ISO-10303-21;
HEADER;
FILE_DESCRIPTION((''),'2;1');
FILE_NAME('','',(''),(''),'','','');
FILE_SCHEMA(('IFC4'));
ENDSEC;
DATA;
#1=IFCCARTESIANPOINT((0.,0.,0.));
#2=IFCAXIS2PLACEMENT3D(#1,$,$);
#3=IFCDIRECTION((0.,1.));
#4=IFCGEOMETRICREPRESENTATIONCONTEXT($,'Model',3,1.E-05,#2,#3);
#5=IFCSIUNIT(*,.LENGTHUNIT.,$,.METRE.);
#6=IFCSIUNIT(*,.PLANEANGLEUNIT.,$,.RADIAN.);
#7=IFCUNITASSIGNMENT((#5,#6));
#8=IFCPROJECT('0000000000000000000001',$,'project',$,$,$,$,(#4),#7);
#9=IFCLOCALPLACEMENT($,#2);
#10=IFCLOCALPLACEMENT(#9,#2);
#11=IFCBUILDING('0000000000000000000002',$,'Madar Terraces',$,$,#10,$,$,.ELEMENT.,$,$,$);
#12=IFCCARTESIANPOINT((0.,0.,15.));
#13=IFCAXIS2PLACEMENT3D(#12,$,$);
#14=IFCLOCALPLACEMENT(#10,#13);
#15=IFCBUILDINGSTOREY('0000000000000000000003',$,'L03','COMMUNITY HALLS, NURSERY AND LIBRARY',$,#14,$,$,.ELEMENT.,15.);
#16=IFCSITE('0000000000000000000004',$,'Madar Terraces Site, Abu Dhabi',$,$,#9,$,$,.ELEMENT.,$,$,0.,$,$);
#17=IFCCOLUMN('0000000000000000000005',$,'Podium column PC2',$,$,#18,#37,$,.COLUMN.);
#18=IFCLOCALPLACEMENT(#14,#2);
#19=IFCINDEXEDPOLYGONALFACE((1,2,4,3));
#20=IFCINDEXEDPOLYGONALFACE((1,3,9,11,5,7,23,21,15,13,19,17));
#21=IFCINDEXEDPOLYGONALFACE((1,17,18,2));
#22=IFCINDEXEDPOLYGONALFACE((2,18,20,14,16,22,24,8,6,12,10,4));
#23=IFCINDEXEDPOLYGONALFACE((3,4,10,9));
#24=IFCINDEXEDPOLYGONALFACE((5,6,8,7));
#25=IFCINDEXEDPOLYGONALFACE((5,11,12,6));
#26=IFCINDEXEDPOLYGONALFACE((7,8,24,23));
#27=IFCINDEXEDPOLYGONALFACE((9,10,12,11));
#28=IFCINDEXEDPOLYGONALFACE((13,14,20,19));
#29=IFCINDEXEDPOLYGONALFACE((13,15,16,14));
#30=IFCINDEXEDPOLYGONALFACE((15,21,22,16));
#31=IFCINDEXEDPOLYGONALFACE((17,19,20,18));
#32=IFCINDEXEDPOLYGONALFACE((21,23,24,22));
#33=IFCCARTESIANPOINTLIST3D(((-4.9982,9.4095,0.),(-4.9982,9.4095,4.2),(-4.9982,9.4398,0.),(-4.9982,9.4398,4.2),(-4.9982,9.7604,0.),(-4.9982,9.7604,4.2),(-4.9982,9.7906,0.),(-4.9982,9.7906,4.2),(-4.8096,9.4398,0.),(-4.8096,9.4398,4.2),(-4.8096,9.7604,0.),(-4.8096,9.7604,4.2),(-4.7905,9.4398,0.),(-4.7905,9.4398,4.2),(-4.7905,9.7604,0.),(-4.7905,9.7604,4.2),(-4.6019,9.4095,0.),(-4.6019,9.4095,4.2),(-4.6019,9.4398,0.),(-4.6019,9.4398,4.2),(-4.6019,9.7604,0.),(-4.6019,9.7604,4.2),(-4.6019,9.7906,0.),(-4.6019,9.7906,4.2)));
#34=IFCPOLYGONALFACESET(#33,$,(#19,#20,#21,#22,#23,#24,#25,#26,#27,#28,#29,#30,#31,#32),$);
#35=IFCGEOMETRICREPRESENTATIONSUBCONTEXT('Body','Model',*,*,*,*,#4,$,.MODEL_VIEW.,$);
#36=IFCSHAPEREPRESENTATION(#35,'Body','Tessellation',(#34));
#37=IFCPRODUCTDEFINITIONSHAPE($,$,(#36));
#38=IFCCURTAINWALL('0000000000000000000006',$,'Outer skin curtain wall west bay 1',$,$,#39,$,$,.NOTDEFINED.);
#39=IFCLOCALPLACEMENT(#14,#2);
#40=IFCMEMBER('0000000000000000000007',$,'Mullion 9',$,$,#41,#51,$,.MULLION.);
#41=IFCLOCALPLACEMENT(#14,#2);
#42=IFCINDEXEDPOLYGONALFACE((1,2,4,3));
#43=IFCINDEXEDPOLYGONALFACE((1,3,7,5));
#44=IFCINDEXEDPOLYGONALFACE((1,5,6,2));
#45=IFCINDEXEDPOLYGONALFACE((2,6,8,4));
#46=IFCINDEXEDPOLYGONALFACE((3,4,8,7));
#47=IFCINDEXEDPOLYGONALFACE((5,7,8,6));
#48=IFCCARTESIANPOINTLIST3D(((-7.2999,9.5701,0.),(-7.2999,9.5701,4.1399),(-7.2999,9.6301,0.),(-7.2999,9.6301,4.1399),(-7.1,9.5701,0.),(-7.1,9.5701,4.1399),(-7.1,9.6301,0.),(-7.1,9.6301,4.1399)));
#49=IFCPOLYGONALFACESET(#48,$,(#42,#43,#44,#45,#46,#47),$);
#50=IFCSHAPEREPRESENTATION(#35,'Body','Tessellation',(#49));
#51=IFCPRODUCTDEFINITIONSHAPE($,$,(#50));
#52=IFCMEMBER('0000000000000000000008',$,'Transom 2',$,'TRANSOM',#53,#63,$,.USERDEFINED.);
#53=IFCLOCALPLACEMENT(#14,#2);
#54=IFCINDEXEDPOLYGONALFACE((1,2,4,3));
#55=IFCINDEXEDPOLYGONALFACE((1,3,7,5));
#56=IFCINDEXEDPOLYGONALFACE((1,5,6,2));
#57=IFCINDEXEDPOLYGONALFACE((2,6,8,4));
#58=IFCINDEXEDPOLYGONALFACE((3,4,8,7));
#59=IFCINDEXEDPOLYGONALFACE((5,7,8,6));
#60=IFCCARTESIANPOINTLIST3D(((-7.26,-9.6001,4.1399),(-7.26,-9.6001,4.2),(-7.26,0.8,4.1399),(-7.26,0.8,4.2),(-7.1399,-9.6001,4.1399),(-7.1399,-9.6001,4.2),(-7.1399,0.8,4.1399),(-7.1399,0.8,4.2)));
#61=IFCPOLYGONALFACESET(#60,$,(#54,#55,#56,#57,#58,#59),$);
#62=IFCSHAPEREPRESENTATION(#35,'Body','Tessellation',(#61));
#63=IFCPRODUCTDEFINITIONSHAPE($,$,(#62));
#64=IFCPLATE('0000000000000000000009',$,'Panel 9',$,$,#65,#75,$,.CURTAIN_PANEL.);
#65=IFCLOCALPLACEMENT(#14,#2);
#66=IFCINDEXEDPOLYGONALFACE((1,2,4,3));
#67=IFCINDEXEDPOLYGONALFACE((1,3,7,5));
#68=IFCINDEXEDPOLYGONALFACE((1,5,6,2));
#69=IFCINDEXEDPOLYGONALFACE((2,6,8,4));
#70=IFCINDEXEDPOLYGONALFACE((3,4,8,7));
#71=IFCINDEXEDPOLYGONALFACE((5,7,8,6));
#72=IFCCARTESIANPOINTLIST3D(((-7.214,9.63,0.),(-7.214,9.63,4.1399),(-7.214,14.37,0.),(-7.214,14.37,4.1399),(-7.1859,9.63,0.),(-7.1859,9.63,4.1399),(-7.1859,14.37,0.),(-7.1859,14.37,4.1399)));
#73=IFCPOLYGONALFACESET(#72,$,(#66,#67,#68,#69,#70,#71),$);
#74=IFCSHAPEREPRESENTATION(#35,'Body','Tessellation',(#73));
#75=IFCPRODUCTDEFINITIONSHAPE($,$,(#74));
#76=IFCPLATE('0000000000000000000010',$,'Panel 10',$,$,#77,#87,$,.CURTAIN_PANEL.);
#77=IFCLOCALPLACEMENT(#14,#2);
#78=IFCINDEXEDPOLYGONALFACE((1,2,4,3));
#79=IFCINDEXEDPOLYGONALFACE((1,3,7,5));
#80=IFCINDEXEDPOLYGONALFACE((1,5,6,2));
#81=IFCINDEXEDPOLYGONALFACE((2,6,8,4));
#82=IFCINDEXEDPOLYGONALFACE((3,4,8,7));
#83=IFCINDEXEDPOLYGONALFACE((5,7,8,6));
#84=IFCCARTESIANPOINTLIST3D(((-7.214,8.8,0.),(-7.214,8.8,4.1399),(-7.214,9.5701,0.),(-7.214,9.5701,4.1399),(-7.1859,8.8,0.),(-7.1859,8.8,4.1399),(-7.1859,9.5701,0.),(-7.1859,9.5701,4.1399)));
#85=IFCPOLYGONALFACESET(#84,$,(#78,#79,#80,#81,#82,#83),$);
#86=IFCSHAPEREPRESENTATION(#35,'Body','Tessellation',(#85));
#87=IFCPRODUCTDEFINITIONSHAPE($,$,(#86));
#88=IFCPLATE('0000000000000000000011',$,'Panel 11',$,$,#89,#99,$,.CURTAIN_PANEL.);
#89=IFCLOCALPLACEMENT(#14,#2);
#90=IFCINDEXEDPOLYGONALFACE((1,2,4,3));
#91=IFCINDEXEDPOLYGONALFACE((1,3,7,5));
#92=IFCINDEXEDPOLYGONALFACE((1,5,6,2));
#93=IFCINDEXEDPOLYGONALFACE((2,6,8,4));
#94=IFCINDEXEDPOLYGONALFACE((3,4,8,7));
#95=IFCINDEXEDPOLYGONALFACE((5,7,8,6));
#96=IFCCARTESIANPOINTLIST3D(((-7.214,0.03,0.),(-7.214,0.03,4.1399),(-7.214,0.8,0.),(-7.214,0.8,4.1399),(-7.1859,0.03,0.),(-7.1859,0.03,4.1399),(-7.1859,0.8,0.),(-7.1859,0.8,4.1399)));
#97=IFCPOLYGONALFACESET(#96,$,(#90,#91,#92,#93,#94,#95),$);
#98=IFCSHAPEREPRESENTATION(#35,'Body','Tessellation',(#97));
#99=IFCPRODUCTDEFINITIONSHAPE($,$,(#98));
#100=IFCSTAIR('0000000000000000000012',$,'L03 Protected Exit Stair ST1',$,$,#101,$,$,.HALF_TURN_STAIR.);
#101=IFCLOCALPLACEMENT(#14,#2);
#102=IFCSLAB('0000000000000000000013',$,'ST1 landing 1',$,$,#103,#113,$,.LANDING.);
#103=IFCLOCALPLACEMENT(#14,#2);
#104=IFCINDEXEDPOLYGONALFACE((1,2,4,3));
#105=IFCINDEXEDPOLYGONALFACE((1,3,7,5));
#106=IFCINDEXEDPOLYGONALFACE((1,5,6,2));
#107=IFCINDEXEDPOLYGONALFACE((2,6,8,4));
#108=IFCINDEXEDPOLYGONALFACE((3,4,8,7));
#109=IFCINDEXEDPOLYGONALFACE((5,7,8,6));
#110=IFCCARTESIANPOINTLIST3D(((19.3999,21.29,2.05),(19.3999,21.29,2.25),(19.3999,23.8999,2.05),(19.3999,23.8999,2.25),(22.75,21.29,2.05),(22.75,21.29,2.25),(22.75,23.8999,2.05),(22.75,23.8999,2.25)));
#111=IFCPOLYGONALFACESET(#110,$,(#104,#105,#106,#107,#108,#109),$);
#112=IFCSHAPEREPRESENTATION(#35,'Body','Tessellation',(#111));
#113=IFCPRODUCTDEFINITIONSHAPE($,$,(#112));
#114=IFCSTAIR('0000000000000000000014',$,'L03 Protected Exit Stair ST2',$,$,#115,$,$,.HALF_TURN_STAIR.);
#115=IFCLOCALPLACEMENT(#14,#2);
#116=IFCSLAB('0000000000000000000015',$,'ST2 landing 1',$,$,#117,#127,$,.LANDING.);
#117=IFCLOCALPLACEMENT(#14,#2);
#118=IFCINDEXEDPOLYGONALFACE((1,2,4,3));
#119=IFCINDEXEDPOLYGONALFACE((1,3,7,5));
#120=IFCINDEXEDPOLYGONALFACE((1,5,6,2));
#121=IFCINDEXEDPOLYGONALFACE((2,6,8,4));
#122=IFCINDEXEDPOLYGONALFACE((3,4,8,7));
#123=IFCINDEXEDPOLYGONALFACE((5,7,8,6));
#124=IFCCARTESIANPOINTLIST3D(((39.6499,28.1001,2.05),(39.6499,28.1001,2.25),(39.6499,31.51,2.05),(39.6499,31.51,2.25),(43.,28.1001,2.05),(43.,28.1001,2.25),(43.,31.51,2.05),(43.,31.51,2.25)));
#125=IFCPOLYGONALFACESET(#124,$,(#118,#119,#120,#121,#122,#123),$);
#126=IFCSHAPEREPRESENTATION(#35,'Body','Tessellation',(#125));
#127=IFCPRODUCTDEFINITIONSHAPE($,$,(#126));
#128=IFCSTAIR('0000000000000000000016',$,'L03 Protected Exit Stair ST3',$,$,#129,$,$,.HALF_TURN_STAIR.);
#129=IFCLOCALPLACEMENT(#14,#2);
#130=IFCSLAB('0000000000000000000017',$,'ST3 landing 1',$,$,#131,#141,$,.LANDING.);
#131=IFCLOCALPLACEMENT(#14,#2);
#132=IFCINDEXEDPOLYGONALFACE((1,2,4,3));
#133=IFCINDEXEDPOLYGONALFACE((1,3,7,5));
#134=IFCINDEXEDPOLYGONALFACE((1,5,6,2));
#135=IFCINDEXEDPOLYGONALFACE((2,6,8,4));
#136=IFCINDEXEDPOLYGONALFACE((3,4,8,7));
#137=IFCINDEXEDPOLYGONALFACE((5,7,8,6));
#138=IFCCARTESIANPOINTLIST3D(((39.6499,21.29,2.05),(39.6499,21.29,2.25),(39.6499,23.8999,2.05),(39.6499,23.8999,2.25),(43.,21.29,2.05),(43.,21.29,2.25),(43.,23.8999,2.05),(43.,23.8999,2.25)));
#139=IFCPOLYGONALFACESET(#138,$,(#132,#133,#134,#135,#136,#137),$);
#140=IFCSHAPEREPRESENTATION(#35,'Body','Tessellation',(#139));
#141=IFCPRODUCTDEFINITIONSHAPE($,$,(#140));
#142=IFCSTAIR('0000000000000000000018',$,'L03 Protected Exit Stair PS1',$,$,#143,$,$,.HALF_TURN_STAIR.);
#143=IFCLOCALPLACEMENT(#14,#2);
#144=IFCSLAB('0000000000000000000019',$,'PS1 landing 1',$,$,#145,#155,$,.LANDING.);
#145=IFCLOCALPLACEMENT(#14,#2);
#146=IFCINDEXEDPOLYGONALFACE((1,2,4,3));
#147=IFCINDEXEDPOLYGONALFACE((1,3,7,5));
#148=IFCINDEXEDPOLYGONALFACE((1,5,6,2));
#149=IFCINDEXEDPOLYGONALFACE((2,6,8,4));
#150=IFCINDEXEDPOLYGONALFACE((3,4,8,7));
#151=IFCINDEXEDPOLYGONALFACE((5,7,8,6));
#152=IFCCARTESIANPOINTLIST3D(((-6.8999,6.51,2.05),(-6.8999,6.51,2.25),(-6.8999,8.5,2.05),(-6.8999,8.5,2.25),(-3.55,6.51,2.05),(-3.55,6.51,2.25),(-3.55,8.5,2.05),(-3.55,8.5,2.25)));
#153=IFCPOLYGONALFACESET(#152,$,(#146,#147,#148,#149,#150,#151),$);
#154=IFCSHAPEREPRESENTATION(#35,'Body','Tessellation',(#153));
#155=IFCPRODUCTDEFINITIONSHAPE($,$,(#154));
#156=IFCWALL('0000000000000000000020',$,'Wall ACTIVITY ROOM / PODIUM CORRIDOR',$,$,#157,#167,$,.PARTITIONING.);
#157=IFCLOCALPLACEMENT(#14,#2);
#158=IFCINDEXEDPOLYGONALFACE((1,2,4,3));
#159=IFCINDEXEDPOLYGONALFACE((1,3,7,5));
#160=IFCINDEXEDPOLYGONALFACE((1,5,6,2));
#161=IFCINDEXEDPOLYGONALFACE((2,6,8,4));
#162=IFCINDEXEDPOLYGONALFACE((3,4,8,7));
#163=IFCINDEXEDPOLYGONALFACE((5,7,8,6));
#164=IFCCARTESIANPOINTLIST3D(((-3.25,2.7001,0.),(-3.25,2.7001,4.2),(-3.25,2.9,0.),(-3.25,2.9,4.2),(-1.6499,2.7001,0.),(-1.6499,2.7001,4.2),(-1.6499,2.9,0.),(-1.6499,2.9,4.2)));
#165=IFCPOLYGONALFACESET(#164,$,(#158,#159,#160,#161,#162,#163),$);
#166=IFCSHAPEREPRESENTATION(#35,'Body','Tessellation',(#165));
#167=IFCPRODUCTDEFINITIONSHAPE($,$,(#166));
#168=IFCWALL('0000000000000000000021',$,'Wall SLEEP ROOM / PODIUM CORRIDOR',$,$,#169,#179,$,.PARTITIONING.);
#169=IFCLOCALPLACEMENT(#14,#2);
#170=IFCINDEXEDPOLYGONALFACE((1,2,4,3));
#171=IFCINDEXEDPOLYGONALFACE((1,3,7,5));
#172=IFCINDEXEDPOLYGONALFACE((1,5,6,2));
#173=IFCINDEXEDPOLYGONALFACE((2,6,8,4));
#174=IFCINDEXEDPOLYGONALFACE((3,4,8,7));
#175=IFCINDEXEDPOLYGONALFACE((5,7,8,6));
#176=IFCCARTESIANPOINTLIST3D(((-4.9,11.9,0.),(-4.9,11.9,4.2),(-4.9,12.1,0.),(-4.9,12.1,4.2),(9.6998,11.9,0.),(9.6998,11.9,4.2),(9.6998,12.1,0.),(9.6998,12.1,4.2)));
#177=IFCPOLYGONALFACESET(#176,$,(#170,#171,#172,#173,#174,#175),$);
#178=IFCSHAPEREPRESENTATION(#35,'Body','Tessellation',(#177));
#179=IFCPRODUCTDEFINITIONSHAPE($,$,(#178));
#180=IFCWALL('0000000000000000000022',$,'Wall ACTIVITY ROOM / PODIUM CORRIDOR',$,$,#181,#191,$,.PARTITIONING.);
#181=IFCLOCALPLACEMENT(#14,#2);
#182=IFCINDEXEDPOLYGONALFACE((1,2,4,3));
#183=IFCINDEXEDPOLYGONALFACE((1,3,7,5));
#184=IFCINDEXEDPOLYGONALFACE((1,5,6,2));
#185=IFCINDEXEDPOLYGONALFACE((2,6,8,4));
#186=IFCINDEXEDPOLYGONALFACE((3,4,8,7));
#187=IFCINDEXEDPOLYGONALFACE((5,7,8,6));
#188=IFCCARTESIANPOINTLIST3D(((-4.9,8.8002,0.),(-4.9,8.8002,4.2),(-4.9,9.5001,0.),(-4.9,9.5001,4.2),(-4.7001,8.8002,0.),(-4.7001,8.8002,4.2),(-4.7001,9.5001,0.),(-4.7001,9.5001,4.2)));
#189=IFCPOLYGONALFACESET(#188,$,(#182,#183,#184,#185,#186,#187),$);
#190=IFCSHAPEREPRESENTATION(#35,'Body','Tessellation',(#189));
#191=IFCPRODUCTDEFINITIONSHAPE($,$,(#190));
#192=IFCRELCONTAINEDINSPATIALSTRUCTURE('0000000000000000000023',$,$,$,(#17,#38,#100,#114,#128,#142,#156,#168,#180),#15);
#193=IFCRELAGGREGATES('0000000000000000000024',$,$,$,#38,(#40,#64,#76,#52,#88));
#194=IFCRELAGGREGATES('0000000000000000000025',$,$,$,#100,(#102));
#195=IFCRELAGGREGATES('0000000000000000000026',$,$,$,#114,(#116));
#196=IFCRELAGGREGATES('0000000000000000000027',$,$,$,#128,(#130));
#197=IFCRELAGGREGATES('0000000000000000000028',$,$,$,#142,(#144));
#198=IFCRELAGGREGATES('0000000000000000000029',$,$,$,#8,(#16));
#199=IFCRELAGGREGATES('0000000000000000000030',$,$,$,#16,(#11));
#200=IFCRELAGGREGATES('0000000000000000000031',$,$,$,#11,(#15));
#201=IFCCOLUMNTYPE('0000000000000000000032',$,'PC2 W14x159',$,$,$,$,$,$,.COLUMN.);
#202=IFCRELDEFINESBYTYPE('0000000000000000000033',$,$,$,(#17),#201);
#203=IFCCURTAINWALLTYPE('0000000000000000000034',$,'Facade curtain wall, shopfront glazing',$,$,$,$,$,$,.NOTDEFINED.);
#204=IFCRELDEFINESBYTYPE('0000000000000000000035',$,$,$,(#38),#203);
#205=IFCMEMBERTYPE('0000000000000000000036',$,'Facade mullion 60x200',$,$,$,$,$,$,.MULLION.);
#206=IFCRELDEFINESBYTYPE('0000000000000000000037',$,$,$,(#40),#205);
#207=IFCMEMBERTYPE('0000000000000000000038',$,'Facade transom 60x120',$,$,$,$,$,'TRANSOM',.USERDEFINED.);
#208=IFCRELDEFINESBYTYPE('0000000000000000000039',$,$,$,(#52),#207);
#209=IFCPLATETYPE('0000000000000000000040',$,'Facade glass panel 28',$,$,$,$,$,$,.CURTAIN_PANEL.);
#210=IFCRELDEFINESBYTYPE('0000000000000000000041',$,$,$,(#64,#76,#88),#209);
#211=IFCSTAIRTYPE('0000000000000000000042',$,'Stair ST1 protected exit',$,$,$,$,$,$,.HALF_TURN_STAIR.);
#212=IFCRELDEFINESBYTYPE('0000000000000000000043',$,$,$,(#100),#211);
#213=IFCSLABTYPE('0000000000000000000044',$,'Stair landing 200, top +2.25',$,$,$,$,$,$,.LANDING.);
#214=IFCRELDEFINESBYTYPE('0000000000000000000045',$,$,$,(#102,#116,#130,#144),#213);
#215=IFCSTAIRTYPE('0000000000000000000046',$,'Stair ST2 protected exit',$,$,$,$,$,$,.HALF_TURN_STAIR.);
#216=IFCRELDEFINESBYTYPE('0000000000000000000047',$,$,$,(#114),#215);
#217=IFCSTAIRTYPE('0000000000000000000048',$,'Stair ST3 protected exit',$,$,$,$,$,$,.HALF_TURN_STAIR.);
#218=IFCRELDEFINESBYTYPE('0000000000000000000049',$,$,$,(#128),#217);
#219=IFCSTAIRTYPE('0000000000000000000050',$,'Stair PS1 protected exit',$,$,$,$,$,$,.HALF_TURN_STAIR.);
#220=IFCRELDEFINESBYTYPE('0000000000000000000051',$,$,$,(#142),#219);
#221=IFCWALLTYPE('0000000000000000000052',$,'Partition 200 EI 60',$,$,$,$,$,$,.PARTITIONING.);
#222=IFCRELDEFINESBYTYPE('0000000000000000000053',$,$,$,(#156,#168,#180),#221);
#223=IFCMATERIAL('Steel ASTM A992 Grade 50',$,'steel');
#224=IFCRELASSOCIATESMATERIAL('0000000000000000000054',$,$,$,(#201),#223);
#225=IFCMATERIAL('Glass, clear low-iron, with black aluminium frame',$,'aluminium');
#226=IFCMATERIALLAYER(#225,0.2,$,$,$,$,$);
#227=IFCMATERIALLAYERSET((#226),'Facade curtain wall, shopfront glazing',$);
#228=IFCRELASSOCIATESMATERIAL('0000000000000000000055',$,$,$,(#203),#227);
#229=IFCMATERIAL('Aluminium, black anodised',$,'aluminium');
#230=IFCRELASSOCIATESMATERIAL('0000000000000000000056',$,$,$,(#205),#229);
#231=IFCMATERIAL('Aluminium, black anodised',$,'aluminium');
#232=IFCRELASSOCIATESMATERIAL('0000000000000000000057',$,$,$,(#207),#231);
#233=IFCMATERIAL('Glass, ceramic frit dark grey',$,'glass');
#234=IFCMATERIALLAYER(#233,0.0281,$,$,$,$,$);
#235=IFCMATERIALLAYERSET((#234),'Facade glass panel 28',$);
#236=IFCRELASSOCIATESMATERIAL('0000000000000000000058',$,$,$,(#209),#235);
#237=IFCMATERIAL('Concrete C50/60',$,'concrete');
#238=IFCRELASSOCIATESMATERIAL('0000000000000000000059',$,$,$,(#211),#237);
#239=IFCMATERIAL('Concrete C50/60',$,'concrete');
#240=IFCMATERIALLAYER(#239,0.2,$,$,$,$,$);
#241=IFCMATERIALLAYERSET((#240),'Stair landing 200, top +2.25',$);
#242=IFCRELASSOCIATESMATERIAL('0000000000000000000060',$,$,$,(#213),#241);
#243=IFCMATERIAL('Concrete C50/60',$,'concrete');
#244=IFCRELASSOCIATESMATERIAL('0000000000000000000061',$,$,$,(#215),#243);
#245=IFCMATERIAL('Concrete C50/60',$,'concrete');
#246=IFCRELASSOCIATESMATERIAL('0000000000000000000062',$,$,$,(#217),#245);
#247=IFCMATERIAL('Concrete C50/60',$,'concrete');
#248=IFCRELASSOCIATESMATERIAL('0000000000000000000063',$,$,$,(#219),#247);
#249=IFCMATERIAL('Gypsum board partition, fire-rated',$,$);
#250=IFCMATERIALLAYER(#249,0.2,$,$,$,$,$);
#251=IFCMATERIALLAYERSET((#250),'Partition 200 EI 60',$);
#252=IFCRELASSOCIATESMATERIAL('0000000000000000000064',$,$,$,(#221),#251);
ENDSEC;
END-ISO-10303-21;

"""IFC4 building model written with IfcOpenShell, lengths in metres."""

from ifc_helpers import new_model, si_unit, direction, frame, frame_2d, origin, origin_2d, place, context, subcontext, project, spatial, polyline, rectangle, i_section, outline, extrude, material, layer, layer_set, material_profile, profile_set, type_object, element, aggregate, save


model = new_model("IFC4")

# Units and contexts
model_context = context("Model", 3, precision=1e-05, world=origin(), true_north=direction((0.0, 1.0)))
body_context = subcontext(model_context, "Body", "Model", "MODEL_VIEW")
ifc_project = project(units=[si_unit("LENGTHUNIT", "METRE"), si_unit("PLANEANGLEUNIT", "RADIAN")], contexts=[model_context])

# Site, building, storey
site_placement = place(None, origin())
site = spatial("IfcSite", under=ifc_project, at=site_placement, Name="Madar Terraces Site, Abu Dhabi", CompositionType="ELEMENT", RefElevation=0.0)
building_placement = place(site_placement, origin())
building = spatial("IfcBuilding", under=site, at=building_placement, Name="Madar Terraces", CompositionType="ELEMENT")
storey_placement = place(building_placement, frame((0.0, 0.0, 15.0)))
storey = spatial("IfcBuildingStorey", under=building, at=storey_placement, Name="L03", Description="COMMUNITY HALLS, NURSERY AND LIBRARY", CompositionType="ELEMENT", Elevation=15.0)

# Column
ifc_material_1 = material(Name="Steel ASTM A992 Grade 50", Category="steel")
ifc_material_profile_1 = material_profile(ifc_material_1, i_section(OverallWidth=0.3962, OverallDepth=0.3811, WebThickness=0.019, FlangeThickness=0.0303, at=origin_2d()), Name="W14x159")
ifc_profile_set_1 = profile_set([ifc_material_profile_1], Name="Steel ASTM A992 Grade 50")
column_type = type_object("IfcColumnType", Name="PC2 W14x159", PredefinedType="COLUMN", material=ifc_profile_set_1)
column_placement = place(storey_placement, frame((-4.8, 9.6001, 0.0), z_axis=(0.0, 0.0, 1.0), x_axis=(1.0, 0.0, 0.0)))
element("IfcColumn", 1, at=column_placement, inside=storey, type_object=column_type, Name="Podium column PC2", PredefinedType="COLUMN", context=body_context, shape_type="SweptSolid", body=[
    extrude(i_section(OverallWidth=0.3962, OverallDepth=0.3811, WebThickness=0.019, FlangeThickness=0.0303, at=origin_2d()), origin(), (0.0, 0.0, 1.0), 4.2),
])

# Curtain wall, members, plates
ifc_material_2 = material(Name="Glass, clear low-iron, with black aluminium frame", Category="aluminium")
ifc_layer_1 = layer(ifc_material_2, 0.2)
ifc_layer_set_1 = layer_set([ifc_layer_1], Name="Facade curtain wall, shopfront glazing")
curtain_wall_type = type_object("IfcCurtainWallType", Name="Facade curtain wall, shopfront glazing", PredefinedType="NOTDEFINED", material=ifc_layer_set_1)
curtain_wall_placement = place(storey_placement, origin())
curtain_wall = element("IfcCurtainWall", 2, at=curtain_wall_placement, inside=storey, type_object=curtain_wall_type, Name="Outer skin curtain wall west bay 1", PredefinedType="NOTDEFINED")
ifc_material_3 = material(Name="Aluminium, black anodised", Category="aluminium")
ifc_material_profile_2 = material_profile(ifc_material_3, rectangle(XDim=0.2, YDim=0.0601, at=origin_2d()), Name="Facade mullion 60x200")
ifc_profile_set_2 = profile_set([ifc_material_profile_2], Name="Aluminium, black anodised")
member_type_1 = type_object("IfcMemberType", Name="Facade mullion 60x200", PredefinedType="MULLION", material=ifc_profile_set_2)
member_1_placement = place(storey_placement, frame((-7.2, 9.6001, 0.0), z_axis=(0.0, 0.0, 1.0), x_axis=(1.0, 0.0, 0.0)))
member_1 = element("IfcMember", 3, at=member_1_placement, type_object=member_type_1, Name="Mullion 9", PredefinedType="MULLION", context=body_context, shape_type="SweptSolid", body=[
    extrude(rectangle(XDim=0.2, YDim=0.0601, at=origin_2d()), origin(), (0.0, 0.0, 1.0), 4.1399),
])
ifc_material_4 = material(Name="Aluminium, black anodised", Category="aluminium")
ifc_material_profile_3 = material_profile(ifc_material_4, rectangle(XDim=0.1201, YDim=0.0601, at=origin_2d()), Name="Facade transom 60x120")
ifc_profile_set_3 = profile_set([ifc_material_profile_3], Name="Aluminium, black anodised")
member_type_2 = type_object("IfcMemberType", Name="Facade transom 60x120", ElementType="TRANSOM", PredefinedType="USERDEFINED", material=ifc_profile_set_3)
member_2_placement = place(storey_placement, frame((-7.2, 0.8, 4.1699), z_axis=(0.0, -1.0, 0.0), x_axis=(1.0, 0.0, 0.0)))
member_2 = element("IfcMember", 4, at=member_2_placement, type_object=member_type_2, Name="Transom 2", ObjectType="TRANSOM", PredefinedType="USERDEFINED", context=body_context, shape_type="SweptSolid", body=[
    extrude(rectangle(XDim=0.1201, YDim=0.0601, at=origin_2d()), origin(), (0.0, 0.0, 1.0), 10.4001),
])
ifc_material_5 = material(Name="Glass, ceramic frit dark grey", Category="glass")
ifc_layer_2 = layer(ifc_material_5, 0.0281)
ifc_layer_set_2 = layer_set([ifc_layer_2], Name="Facade glass panel 28")
plate_type = type_object("IfcPlateType", Name="Facade glass panel 28", PredefinedType="CURTAIN_PANEL", material=ifc_layer_set_2)
plate_1_placement = place(storey_placement, frame((-7.2, 12.0, 0.0), z_axis=(0.0, 0.0, 1.0), x_axis=(0.0, -1.0, 0.0)))
plate_1 = element("IfcPlate", 5, at=plate_1_placement, type_object=plate_type, Name="Panel 9", PredefinedType="CURTAIN_PANEL", context=body_context, shape_type="SweptSolid", body=[
    extrude(rectangle(XDim=4.74, YDim=0.0281, at=origin_2d()), origin(), (0.0, 0.0, 1.0), 4.1399),
])
plate_2_placement = place(storey_placement, frame((-7.2, 9.1851, 0.0), z_axis=(0.0, 0.0, 1.0), x_axis=(0.0, -1.0, 0.0)))
plate_2 = element("IfcPlate", 6, at=plate_2_placement, type_object=plate_type, Name="Panel 10", PredefinedType="CURTAIN_PANEL", context=body_context, shape_type="SweptSolid", body=[
    extrude(rectangle(XDim=0.77, YDim=0.0281, at=origin_2d()), origin(), (0.0, 0.0, 1.0), 4.1399),
])
plate_3_placement = place(storey_placement, frame((-7.2, 0.415, 0.0), z_axis=(0.0, 0.0, 1.0), x_axis=(0.0, -1.0, 0.0)))
plate_3 = element("IfcPlate", 7, at=plate_3_placement, type_object=plate_type, Name="Panel 11", PredefinedType="CURTAIN_PANEL", context=body_context, shape_type="SweptSolid", body=[
    extrude(rectangle(XDim=0.77, YDim=0.0281, at=origin_2d()), origin(), (0.0, 0.0, 1.0), 4.1399),
])
aggregate(curtain_wall, [member_1, plate_1, plate_2, member_2, plate_3])

# Stairs, slabs
ifc_material_6 = material(Name="Concrete C50/60", Category="concrete")
stair_type_1 = type_object("IfcStairType", Name="Stair ST1 protected exit", PredefinedType="HALF_TURN_STAIR", material=ifc_material_6)
stair_1_placement = place(storey_placement, origin())
stair_1 = element("IfcStair", 8, at=stair_1_placement, inside=storey, type_object=stair_type_1, Name="L03 Protected Exit Stair ST1", PredefinedType="HALF_TURN_STAIR")
ifc_material_7 = material(Name="Concrete C50/60", Category="concrete")
ifc_layer_3 = layer(ifc_material_7, 0.2)
ifc_layer_set_3 = layer_set([ifc_layer_3], Name="Stair landing 200, top +2.25")
slab_type = type_object("IfcSlabType", Name="Stair landing 200, top +2.25", PredefinedType="LANDING", material=ifc_layer_set_3)
slab_1_placement = place(storey_placement, frame((0.0, 0.0, 2.05)))
slab_1 = element("IfcSlab", 9, at=slab_1_placement, type_object=slab_type, Name="ST1 landing 1", PredefinedType="LANDING", context=body_context, shape_type="SweptSolid", body=[
    extrude(outline(polyline([(19.3999, 21.29), (22.75, 21.29), (22.75, 23.8999), (19.3999, 23.8999), (19.3999, 21.29)])), origin(), (0.0, 0.0, 1.0), 0.2),
])
aggregate(stair_1, [slab_1])
ifc_material_8 = material(Name="Concrete C50/60", Category="concrete")
stair_type_2 = type_object("IfcStairType", Name="Stair ST2 protected exit", PredefinedType="HALF_TURN_STAIR", material=ifc_material_8)
stair_2_placement = place(storey_placement, origin())
stair_2 = element("IfcStair", 10, at=stair_2_placement, inside=storey, type_object=stair_type_2, Name="L03 Protected Exit Stair ST2", PredefinedType="HALF_TURN_STAIR")
slab_2_placement = place(storey_placement, frame((0.0, 0.0, 2.05)))
slab_2 = element("IfcSlab", 11, at=slab_2_placement, type_object=slab_type, Name="ST2 landing 1", PredefinedType="LANDING", context=body_context, shape_type="SweptSolid", body=[
    extrude(outline(polyline([(39.6499, 28.1001), (43.0, 28.1001), (43.0, 31.51), (39.6499, 31.51), (39.6499, 28.1001)])), origin(), (0.0, 0.0, 1.0), 0.2),
])
aggregate(stair_2, [slab_2])
ifc_material_9 = material(Name="Concrete C50/60", Category="concrete")
stair_type_3 = type_object("IfcStairType", Name="Stair ST3 protected exit", PredefinedType="HALF_TURN_STAIR", material=ifc_material_9)
stair_3_placement = place(storey_placement, origin())
stair_3 = element("IfcStair", 12, at=stair_3_placement, inside=storey, type_object=stair_type_3, Name="L03 Protected Exit Stair ST3", PredefinedType="HALF_TURN_STAIR")
slab_3_placement = place(storey_placement, frame((0.0, 0.0, 2.05)))
slab_3 = element("IfcSlab", 13, at=slab_3_placement, type_object=slab_type, Name="ST3 landing 1", PredefinedType="LANDING", context=body_context, shape_type="SweptSolid", body=[
    extrude(outline(polyline([(39.6499, 21.29), (43.0, 21.29), (43.0, 23.8999), (39.6499, 23.8999), (39.6499, 21.29)])), origin(), (0.0, 0.0, 1.0), 0.2),
])
aggregate(stair_3, [slab_3])
ifc_material_10 = material(Name="Concrete C50/60", Category="concrete")
stair_type_4 = type_object("IfcStairType", Name="Stair PS1 protected exit", PredefinedType="HALF_TURN_STAIR", material=ifc_material_10)
stair_4_placement = place(storey_placement, origin())
stair_4 = element("IfcStair", 14, at=stair_4_placement, inside=storey, type_object=stair_type_4, Name="L03 Protected Exit Stair PS1", PredefinedType="HALF_TURN_STAIR")
slab_4_placement = place(storey_placement, frame((0.0, 0.0, 2.05)))
slab_4 = element("IfcSlab", 15, at=slab_4_placement, type_object=slab_type, Name="PS1 landing 1", PredefinedType="LANDING", context=body_context, shape_type="SweptSolid", body=[
    extrude(outline(polyline([(-6.8999, 6.51), (-3.55, 6.51), (-3.55, 8.5), (-6.8999, 8.5), (-6.8999, 6.51)])), origin(), (0.0, 0.0, 1.0), 0.2),
])

# Walls
ifc_material_11 = material(Name="Gypsum board partition, fire-rated")
ifc_layer_4 = layer(ifc_material_11, 0.2)
ifc_layer_set_4 = layer_set([ifc_layer_4], Name="Partition 200 EI 60")
wall_type_1 = type_object("IfcWallType", Name="Partition 200 EI 60", PredefinedType="PARTITIONING", material=ifc_layer_set_4)
wall_1_placement = place(storey_placement, frame((-3.25, 2.8, 0.0), z_axis=(0.0, 0.0, 1.0), x_axis=(1.0, 0.0, 0.0)))
element("IfcWall", 16, at=wall_1_placement, inside=storey, type_object=wall_type_1, Name="Wall ACTIVITY ROOM / PODIUM CORRIDOR", PredefinedType="PARTITIONING", context=body_context, shape_type="SweptSolid", body=[
    extrude(rectangle(XDim=1.6001, YDim=0.2, at=frame_2d((0.8, 0.0))), origin(), (0.0, 0.0, 1.0), 4.2),
])
wall_2_placement = place(storey_placement, frame((-4.8999, 12.0, 0.0), z_axis=(0.0, 0.0, 1.0), x_axis=(1.0, 0.0, 0.0)))
element("IfcWall", 17, at=wall_2_placement, inside=storey, type_object=wall_type_1, Name="Wall SLEEP ROOM / PODIUM CORRIDOR", PredefinedType="PARTITIONING", context=body_context, shape_type="SweptSolid", body=[
    extrude(rectangle(XDim=14.5999, YDim=0.2, at=frame_2d((7.2998, 0.0))), origin(), (0.0, 0.0, 1.0), 4.2),
])
wall_3_placement = place(storey_placement, frame((-4.8, 8.8, 0.0), z_axis=(0.0, 0.0, 1.0), x_axis=(0.0, 1.0, 0.0)))
element("IfcWall", 18, at=wall_3_placement, inside=storey, type_object=wall_type_1, Name="Wall ACTIVITY ROOM / PODIUM CORRIDOR", PredefinedType="PARTITIONING", context=body_context, shape_type="SweptSolid", body=[
    extrude(rectangle(XDim=0.7, YDim=0.2, at=frame_2d((0.3501, 0.0))), origin(), (0.0, 0.0, 1.0), 4.2),
])

aggregate(stair_4, [slab_4])

save(model, "model.ifc")
